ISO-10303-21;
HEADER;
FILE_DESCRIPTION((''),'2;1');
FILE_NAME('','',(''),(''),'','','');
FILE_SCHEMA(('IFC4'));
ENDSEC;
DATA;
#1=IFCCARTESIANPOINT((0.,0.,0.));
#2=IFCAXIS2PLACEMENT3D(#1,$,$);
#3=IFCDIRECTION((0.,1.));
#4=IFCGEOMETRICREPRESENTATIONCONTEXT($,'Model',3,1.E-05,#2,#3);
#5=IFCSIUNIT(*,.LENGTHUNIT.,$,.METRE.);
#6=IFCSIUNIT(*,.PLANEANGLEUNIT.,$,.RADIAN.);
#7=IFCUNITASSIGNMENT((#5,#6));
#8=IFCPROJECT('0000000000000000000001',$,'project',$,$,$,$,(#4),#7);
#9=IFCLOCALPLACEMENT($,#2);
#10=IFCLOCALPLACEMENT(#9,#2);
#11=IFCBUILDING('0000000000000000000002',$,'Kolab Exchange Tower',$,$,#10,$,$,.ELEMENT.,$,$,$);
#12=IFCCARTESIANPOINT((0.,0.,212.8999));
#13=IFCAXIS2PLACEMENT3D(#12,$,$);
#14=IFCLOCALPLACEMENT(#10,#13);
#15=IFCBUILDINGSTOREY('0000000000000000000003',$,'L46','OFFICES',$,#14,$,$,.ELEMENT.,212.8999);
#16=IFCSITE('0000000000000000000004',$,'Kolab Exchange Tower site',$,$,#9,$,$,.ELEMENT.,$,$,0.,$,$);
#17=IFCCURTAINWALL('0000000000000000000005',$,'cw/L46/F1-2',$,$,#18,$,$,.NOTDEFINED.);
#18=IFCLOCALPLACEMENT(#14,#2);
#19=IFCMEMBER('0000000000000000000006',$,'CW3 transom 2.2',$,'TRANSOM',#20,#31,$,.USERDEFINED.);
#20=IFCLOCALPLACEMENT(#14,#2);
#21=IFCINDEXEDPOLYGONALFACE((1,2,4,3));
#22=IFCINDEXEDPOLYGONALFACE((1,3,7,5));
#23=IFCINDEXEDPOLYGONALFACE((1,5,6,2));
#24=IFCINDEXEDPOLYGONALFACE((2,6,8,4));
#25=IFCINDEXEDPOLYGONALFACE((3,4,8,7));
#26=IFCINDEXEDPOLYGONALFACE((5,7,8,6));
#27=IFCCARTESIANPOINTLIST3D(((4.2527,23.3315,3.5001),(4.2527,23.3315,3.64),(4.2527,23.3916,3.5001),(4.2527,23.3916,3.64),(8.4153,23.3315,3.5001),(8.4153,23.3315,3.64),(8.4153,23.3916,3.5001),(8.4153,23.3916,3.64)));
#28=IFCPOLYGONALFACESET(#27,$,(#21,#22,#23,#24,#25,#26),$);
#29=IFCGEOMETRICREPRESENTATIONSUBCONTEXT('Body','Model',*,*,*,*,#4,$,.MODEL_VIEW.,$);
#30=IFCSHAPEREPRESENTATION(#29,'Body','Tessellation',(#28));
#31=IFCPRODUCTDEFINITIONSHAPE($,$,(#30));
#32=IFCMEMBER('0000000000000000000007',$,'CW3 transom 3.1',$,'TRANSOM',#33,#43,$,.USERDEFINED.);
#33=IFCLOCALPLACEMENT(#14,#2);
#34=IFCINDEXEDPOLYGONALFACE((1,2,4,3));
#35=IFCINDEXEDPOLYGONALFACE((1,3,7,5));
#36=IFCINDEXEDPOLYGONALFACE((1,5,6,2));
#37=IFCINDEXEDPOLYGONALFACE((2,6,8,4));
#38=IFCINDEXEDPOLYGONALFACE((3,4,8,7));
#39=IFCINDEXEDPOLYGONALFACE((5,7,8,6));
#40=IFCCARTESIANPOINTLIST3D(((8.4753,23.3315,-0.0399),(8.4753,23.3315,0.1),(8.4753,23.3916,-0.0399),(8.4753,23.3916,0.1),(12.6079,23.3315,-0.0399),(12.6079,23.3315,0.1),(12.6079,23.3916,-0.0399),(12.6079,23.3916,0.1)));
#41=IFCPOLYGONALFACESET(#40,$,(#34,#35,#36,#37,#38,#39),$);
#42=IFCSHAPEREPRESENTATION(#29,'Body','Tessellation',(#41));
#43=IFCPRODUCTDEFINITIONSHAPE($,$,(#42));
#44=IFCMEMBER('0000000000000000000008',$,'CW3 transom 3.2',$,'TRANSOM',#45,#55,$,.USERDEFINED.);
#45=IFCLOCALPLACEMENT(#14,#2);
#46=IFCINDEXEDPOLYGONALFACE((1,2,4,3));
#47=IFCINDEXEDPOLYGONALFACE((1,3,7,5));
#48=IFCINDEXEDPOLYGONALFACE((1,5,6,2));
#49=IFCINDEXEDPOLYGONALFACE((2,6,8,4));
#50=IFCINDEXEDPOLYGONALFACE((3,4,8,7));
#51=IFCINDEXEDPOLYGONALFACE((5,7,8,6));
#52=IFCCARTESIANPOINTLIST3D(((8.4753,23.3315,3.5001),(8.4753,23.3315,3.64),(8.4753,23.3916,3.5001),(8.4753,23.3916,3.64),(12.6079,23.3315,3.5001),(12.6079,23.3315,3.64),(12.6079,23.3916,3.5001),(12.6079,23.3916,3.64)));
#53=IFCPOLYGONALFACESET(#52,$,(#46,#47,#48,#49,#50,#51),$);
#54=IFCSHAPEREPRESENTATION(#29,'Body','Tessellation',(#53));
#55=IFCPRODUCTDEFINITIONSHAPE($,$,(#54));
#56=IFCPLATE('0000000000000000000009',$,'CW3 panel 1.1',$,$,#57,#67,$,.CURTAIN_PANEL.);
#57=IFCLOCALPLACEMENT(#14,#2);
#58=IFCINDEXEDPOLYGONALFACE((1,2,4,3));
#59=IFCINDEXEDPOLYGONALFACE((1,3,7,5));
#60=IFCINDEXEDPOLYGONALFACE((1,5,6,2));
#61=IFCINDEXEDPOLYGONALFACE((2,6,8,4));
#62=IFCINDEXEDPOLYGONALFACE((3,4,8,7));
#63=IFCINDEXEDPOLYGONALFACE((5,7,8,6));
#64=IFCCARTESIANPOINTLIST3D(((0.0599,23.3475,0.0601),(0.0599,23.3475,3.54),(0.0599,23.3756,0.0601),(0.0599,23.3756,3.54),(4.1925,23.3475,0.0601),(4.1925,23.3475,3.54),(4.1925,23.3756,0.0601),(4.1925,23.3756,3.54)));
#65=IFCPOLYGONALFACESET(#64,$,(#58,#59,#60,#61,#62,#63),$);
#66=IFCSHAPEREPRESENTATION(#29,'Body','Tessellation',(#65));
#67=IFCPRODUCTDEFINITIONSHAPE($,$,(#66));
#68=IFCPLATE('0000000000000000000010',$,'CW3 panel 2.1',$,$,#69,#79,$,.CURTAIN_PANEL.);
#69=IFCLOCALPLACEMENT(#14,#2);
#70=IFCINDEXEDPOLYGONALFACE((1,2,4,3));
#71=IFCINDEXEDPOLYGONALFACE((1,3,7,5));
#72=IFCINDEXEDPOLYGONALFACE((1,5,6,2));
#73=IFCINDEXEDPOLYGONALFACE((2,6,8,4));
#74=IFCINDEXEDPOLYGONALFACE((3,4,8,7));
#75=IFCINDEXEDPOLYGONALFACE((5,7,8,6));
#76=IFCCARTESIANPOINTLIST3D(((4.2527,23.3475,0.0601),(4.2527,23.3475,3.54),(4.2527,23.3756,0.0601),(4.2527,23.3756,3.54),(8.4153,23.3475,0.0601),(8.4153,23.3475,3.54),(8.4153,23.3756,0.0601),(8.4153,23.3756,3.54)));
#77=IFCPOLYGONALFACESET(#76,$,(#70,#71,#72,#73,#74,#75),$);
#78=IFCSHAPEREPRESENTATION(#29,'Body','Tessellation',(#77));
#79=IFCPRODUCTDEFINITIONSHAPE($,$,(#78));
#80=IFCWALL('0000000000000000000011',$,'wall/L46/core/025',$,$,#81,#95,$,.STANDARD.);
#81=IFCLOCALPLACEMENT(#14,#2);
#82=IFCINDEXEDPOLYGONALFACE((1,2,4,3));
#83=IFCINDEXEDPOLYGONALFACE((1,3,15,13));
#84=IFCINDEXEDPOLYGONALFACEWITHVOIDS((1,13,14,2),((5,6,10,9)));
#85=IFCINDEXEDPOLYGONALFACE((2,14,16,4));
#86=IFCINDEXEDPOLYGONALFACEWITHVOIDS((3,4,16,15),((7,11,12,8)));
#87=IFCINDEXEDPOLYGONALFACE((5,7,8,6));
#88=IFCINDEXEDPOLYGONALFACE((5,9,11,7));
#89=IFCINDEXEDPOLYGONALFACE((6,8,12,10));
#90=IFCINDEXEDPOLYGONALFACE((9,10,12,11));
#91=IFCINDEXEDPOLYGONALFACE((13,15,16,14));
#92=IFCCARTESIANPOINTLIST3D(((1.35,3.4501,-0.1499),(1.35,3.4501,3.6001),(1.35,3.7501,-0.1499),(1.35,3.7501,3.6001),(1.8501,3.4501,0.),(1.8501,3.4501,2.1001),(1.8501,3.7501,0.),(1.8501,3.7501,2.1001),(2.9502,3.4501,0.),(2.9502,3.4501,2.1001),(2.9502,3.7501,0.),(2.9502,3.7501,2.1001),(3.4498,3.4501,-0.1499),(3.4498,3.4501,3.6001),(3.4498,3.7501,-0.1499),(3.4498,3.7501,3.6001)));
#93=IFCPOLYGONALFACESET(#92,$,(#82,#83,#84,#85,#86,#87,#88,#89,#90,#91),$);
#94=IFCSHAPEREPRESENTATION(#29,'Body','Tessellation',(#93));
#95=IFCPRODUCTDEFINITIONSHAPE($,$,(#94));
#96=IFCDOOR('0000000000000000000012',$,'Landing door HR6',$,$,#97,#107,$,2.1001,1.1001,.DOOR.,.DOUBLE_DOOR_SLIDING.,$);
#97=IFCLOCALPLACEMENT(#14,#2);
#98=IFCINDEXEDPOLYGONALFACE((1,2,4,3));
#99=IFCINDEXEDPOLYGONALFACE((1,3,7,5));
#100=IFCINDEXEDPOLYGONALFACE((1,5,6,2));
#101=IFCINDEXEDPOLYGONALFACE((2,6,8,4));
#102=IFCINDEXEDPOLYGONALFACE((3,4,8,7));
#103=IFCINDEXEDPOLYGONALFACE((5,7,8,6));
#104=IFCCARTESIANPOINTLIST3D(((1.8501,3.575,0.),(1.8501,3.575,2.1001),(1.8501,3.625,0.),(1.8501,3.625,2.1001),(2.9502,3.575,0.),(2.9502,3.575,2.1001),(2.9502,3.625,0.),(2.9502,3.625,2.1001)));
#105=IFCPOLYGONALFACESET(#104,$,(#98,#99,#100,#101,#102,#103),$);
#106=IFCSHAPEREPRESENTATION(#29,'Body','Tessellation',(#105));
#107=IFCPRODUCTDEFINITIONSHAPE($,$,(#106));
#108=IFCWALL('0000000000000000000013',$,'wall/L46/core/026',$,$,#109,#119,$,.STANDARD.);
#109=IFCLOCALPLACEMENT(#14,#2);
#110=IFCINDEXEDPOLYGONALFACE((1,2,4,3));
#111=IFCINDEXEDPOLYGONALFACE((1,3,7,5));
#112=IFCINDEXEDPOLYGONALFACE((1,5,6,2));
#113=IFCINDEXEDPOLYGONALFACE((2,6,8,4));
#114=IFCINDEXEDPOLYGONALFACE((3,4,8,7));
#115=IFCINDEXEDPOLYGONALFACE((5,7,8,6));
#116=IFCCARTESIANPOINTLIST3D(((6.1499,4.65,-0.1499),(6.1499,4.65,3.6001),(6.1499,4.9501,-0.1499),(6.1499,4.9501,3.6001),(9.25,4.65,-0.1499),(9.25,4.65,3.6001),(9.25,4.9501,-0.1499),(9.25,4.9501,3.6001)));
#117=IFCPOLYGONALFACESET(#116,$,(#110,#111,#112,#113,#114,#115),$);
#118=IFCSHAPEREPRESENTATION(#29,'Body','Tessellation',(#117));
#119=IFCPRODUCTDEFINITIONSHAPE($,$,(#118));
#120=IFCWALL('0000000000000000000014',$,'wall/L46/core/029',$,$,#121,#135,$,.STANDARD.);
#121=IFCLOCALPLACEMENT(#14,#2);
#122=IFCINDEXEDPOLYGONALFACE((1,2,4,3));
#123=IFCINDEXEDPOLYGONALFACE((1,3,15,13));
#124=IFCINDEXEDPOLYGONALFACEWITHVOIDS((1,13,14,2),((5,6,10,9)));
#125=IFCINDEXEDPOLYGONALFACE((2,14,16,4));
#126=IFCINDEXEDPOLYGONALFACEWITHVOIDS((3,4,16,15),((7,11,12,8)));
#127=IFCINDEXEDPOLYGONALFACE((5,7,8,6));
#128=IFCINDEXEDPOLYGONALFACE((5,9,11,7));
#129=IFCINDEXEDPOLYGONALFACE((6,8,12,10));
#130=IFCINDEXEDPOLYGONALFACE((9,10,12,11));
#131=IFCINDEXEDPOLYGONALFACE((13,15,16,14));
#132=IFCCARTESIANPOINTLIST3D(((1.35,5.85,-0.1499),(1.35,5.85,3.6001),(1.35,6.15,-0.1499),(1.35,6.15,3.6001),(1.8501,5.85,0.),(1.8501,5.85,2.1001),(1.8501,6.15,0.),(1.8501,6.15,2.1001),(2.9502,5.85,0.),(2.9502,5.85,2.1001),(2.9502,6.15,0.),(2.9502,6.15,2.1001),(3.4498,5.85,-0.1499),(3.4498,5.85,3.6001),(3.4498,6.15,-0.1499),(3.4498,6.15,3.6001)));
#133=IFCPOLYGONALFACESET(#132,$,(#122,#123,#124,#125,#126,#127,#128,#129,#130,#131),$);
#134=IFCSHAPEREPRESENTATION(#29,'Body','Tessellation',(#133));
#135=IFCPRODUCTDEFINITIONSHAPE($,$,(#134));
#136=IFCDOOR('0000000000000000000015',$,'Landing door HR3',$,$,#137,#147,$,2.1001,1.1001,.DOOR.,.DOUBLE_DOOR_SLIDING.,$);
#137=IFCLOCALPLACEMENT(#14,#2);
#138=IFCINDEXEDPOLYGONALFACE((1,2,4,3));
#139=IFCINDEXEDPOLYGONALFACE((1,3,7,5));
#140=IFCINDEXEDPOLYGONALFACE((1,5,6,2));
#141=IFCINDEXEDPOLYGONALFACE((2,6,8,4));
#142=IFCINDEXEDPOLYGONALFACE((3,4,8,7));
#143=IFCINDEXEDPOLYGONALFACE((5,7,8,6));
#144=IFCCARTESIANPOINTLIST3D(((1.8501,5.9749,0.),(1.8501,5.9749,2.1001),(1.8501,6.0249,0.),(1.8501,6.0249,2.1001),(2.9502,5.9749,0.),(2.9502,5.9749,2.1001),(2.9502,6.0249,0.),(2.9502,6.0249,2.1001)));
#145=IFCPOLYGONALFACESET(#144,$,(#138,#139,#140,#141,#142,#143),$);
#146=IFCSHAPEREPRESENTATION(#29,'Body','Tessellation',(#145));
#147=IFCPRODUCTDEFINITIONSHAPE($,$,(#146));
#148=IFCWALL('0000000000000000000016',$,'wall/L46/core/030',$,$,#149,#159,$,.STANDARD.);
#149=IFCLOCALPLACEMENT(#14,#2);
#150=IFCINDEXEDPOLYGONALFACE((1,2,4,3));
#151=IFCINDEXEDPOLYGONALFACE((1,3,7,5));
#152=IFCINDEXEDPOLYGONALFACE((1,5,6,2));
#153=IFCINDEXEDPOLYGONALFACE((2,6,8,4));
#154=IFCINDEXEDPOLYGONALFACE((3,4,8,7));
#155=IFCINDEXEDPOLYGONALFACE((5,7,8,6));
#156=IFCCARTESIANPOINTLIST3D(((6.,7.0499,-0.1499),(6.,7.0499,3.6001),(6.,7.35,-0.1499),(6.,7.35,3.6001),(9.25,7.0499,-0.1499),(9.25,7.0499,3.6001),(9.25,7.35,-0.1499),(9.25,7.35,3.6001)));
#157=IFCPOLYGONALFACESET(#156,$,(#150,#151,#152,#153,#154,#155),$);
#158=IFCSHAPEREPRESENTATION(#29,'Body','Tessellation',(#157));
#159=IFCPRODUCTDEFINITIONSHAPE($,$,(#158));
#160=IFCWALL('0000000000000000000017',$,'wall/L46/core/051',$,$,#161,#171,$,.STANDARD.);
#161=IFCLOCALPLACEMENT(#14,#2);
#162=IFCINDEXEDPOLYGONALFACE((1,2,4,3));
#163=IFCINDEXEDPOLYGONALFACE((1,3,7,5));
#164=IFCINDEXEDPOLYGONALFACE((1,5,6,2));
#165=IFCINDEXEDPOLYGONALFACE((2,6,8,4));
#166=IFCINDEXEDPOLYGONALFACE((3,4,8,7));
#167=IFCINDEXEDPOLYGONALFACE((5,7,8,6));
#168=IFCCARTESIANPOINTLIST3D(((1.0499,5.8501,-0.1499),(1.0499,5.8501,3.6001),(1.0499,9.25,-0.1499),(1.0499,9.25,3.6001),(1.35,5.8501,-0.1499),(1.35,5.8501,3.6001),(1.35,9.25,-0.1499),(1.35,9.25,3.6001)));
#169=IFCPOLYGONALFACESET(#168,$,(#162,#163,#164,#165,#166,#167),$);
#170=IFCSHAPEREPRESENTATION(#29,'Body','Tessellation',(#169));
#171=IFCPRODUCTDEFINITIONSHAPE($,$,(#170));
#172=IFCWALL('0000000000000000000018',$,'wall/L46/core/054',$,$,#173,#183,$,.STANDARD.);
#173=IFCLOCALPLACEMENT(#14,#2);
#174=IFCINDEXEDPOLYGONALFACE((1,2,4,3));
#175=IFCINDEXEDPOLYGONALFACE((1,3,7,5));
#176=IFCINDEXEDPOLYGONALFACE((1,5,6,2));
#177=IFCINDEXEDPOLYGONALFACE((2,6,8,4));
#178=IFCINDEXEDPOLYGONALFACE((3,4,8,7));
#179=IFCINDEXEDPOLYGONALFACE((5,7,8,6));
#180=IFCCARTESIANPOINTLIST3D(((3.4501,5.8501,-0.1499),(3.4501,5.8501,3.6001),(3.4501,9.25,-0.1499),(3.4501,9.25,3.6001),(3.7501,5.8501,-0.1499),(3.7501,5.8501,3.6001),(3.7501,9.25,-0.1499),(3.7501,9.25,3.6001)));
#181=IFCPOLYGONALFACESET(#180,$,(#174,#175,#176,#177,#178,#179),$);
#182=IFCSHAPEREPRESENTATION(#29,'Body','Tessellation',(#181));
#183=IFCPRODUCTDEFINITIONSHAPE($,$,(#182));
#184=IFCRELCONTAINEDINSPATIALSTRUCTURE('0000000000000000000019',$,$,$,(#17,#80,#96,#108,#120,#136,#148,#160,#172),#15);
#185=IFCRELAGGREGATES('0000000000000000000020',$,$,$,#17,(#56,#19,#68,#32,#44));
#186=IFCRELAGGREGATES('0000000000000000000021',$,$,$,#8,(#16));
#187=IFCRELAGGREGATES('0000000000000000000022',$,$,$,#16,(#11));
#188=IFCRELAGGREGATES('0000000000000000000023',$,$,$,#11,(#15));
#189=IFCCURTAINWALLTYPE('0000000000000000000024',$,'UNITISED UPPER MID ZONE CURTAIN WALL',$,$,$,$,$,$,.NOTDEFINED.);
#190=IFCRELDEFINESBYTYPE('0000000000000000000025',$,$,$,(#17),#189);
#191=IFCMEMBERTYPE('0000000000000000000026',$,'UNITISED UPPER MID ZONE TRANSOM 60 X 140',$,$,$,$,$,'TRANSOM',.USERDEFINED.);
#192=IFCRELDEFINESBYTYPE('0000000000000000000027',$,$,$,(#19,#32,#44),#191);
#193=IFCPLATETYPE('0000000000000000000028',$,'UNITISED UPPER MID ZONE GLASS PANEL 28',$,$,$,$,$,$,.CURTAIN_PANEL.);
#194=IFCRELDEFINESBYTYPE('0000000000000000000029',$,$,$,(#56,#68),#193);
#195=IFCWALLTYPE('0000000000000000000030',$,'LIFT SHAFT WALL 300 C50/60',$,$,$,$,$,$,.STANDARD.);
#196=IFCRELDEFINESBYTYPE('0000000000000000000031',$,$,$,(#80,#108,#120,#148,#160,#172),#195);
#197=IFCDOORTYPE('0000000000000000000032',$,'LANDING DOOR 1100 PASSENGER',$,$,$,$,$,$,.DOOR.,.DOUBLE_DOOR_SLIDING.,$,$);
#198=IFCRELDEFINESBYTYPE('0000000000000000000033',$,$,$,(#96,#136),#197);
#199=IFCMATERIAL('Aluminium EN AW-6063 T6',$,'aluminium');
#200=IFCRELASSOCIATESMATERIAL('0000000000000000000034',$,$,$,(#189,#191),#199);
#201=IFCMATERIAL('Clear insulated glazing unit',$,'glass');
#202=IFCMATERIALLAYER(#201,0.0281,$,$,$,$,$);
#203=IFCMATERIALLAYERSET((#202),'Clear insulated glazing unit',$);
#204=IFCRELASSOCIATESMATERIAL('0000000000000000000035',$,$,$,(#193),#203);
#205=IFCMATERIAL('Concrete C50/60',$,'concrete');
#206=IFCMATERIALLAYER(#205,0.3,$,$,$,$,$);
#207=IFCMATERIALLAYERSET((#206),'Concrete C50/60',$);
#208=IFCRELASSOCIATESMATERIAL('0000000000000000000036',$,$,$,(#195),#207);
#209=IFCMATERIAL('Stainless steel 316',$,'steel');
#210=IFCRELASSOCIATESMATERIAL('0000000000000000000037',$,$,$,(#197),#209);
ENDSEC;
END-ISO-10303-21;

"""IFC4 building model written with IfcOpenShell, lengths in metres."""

from ifc_helpers import new_model, si_unit, direction, frame, frame_2d, origin, origin_2d, place, context, subcontext, project, spatial, rectangle, extrude, material, layer, layer_set, material_profile, profile_set, type_object, element, fill, aggregate, save


model = new_model("IFC4")

# Units and contexts
model_context = context("Model", 3, precision=1e-05, world=origin(), true_north=direction((0.0, 1.0)))
body_context = subcontext(model_context, "Body", "Model", "MODEL_VIEW")
ifc_project = project(units=[si_unit("LENGTHUNIT", "METRE"), si_unit("PLANEANGLEUNIT", "RADIAN")], contexts=[model_context])

# Site, building, storey
site_placement = place(None, origin())
site = spatial("IfcSite", under=ifc_project, at=site_placement, Name="Kolab Exchange Tower site", CompositionType="ELEMENT", RefElevation=0.0)
building_placement = place(site_placement, origin())
building = spatial("IfcBuilding", under=site, at=building_placement, Name="Kolab Exchange Tower", CompositionType="ELEMENT")
storey_placement = place(building_placement, frame((0.0, 0.0, 212.8999)))
storey = spatial("IfcBuildingStorey", under=building, at=storey_placement, Name="L46", Description="OFFICES", CompositionType="ELEMENT", Elevation=212.8999)

# Curtain wall, members, plates
ifc_material_1 = material(Name="Aluminium EN AW-6063 T6", Category="aluminium")
curtain_wall_type = type_object("IfcCurtainWallType", Name="UNITISED UPPER MID ZONE CURTAIN WALL", PredefinedType="NOTDEFINED", material=ifc_material_1)
curtain_wall_placement = place(storey_placement, origin())
curtain_wall = element("IfcCurtainWall", 1, at=curtain_wall_placement, inside=storey, type_object=curtain_wall_type, Name="cw/L46/F1-2", PredefinedType="NOTDEFINED")
ifc_material_profile_1 = material_profile(ifc_material_1, rectangle(XDim=0.0601, YDim=0.1399, at=origin_2d()), Name="RECT 60X140")
ifc_profile_set_1 = profile_set([ifc_material_profile_1], Name="Aluminium EN AW-6063 T6")
member_type_1 = type_object("IfcMemberType", Name="UNITISED UPPER MID ZONE TRANSOM 60 X 140", ElementType="TRANSOM", PredefinedType="USERDEFINED", material=ifc_profile_set_1)
member_1_placement = place(storey_placement, frame((4.2527, 23.3616, 3.5701), z_axis=(1.0, 0.0, 0.0), x_axis=(0.0, 1.0, 0.0)))
member_1 = element("IfcMember", 2, at=member_1_placement, type_object=member_type_1, Name="CW3 transom 2.2", ObjectType="TRANSOM", PredefinedType="USERDEFINED", context=body_context, shape_type="SweptSolid", body=[
    extrude(rectangle(XDim=0.0601, YDim=0.1399, at=origin_2d()), origin(), (0.0, 0.0, 1.0), 4.1626),
])
member_2_placement = place(storey_placement, frame((8.4753, 23.3616, 0.03), z_axis=(1.0, 0.0, 0.0), x_axis=(0.0, 1.0, 0.0)))
member_2 = element("IfcMember", 3, at=member_2_placement, type_object=member_type_1, Name="CW3 transom 3.1", ObjectType="TRANSOM", PredefinedType="USERDEFINED", context=body_context, shape_type="SweptSolid", body=[
    extrude(rectangle(XDim=0.0601, YDim=0.1399, at=origin_2d()), origin(), (0.0, 0.0, 1.0), 4.1326),
])
member_3_placement = place(storey_placement, frame((8.4753, 23.3616, 3.5701), z_axis=(1.0, 0.0, 0.0), x_axis=(0.0, 1.0, 0.0)))
member_3 = element("IfcMember", 4, at=member_3_placement, type_object=member_type_1, Name="CW3 transom 3.2", ObjectType="TRANSOM", PredefinedType="USERDEFINED", context=body_context, shape_type="SweptSolid", body=[
    extrude(rectangle(XDim=0.0601, YDim=0.1399, at=origin_2d()), origin(), (0.0, 0.0, 1.0), 4.1326),
])
ifc_material_2 = material(Name="Clear insulated glazing unit", Category="glass")
ifc_layer_1 = layer(ifc_material_2, 0.0281)
ifc_layer_set_1 = layer_set([ifc_layer_1], Name="Clear insulated glazing unit")
plate_type = type_object("IfcPlateType", Name="UNITISED UPPER MID ZONE GLASS PANEL 28", PredefinedType="CURTAIN_PANEL", material=ifc_layer_set_1)
plate_1_placement = place(storey_placement, frame((2.1262, 23.3616, 0.0601), z_axis=(0.0, 0.0, 1.0), x_axis=(1.0, 0.0, 0.0)))
plate_1 = element("IfcPlate", 5, at=plate_1_placement, type_object=plate_type, Name="CW3 panel 1.1", PredefinedType="CURTAIN_PANEL", context=body_context, shape_type="SweptSolid", body=[
    extrude(rectangle(XDim=4.1326, YDim=0.0281, at=origin_2d()), origin(), (0.0, 0.0, 1.0), 3.48),
])
plate_2_placement = place(storey_placement, frame((6.334, 23.3616, 0.0601), z_axis=(0.0, 0.0, 1.0), x_axis=(1.0, 0.0, 0.0)))
plate_2 = element("IfcPlate", 6, at=plate_2_placement, type_object=plate_type, Name="CW3 panel 2.1", PredefinedType="CURTAIN_PANEL", context=body_context, shape_type="SweptSolid", body=[
    extrude(rectangle(XDim=4.1626, YDim=0.0281, at=origin_2d()), origin(), (0.0, 0.0, 1.0), 3.48),
])
aggregate(curtain_wall, [plate_1, member_1, plate_2, member_2, member_3])

# Wall, opening, door
ifc_material_3 = material(Name="Concrete C50/60", Category="concrete")
ifc_layer_2 = layer(ifc_material_3, 0.3)
ifc_layer_set_2 = layer_set([ifc_layer_2], Name="Concrete C50/60")
wall_type_1 = type_object("IfcWallType", Name="LIFT SHAFT WALL 300 C50/60", PredefinedType="STANDARD", material=ifc_layer_set_2)
wall_1_placement = place(storey_placement, frame((1.3501, 3.6001, -0.1499), z_axis=(0.0, 0.0, 1.0), x_axis=(1.0, 0.0, 0.0)))
wall_1 = element("IfcWall", 7, at=wall_1_placement, inside=storey, type_object=wall_type_1, Name="wall/L46/core/025", PredefinedType="STANDARD", context=body_context, shape_type="SweptSolid", body=[
    extrude(rectangle(XDim=2.0999, YDim=0.3, at=frame_2d((1.0498, 0.0))), origin(), (0.0, 0.0, 1.0), 3.75),
])
opening_1_placement = place(wall_1_placement, frame((0.5, 0.0, 0.1499)))
opening_1 = element("IfcOpeningElement", 8, at=opening_1_placement, cuts=wall_1, PredefinedType="OPENING", context=body_context, shape_type="SweptSolid", body=[
    extrude(rectangle(XDim=1.1001, YDim=2.1001, at=frame_2d((0.55, 1.05))), frame((0.0, 0.1602, 0.0), z_axis=(0.0, -1.0, 0.0), x_axis=(1.0, 0.0, 0.0)), (0.0, 0.0, 1.0), 0.3201),
])
ifc_material_4 = material(Name="Stainless steel 316", Category="steel")
door_type_1 = type_object("IfcDoorType", Name="LANDING DOOR 1100 PASSENGER", OperationType="DOUBLE_DOOR_SLIDING", PredefinedType="DOOR", material=ifc_material_4)
door_1_placement = place(opening_1_placement, origin())
door_1 = element("IfcDoor", 9, at=door_1_placement, inside=storey, type_object=door_type_1, Name="Landing door HR6", OperationType="DOUBLE_DOOR_SLIDING", OverallHeight=2.1001, OverallWidth=1.1001, PredefinedType="DOOR", context=body_context, shape_type="SweptSolid", body=[
    extrude(rectangle(XDim=1.1001, YDim=2.1001, at=frame_2d((0.55, 1.05))), frame((0.0, 0.0249, 0.0), z_axis=(0.0, -1.0, 0.0), x_axis=(1.0, 0.0, 0.0)), (0.0, 0.0, 1.0), 0.05),
])
fill(opening_1, door_1)

# Wall
wall_2_placement = place(storey_placement, frame((6.1499, 4.8, -0.1499), z_axis=(0.0, 0.0, 1.0), x_axis=(1.0, 0.0, 0.0)))
element("IfcWall", 10, at=wall_2_placement, inside=storey, type_object=wall_type_1, Name="wall/L46/core/026", PredefinedType="STANDARD", context=body_context, shape_type="SweptSolid", body=[
    extrude(rectangle(XDim=3.1001, YDim=0.3, at=frame_2d((1.55, 0.0))), origin(), (0.0, 0.0, 1.0), 3.75),
])

# Wall, opening, door
wall_3_placement = place(storey_placement, frame((1.3501, 6.0, -0.1499), z_axis=(0.0, 0.0, 1.0), x_axis=(1.0, 0.0, 0.0)))
wall_3 = element("IfcWall", 11, at=wall_3_placement, inside=storey, type_object=wall_type_1, Name="wall/L46/core/029", PredefinedType="STANDARD", context=body_context, shape_type="SweptSolid", body=[
    extrude(rectangle(XDim=2.0999, YDim=0.3, at=frame_2d((1.0498, 0.0))), origin(), (0.0, 0.0, 1.0), 3.75),
])
opening_2_placement = place(wall_3_placement, frame((0.5, 0.0, 0.1499)))
opening_2 = element("IfcOpeningElement", 12, at=opening_2_placement, cuts=wall_3, PredefinedType="OPENING", context=body_context, shape_type="SweptSolid", body=[
    extrude(rectangle(XDim=1.1001, YDim=2.1001, at=frame_2d((0.55, 1.05))), frame((0.0, 0.1602, 0.0), z_axis=(0.0, -1.0, 0.0), x_axis=(1.0, 0.0, 0.0)), (0.0, 0.0, 1.0), 0.3201),
])
door_2_placement = place(opening_2_placement, origin())
door_2 = element("IfcDoor", 13, at=door_2_placement, inside=storey, type_object=door_type_1, Name="Landing door HR3", OperationType="DOUBLE_DOOR_SLIDING", OverallHeight=2.1001, OverallWidth=1.1001, PredefinedType="DOOR", context=body_context, shape_type="SweptSolid", body=[
    extrude(rectangle(XDim=1.1001, YDim=2.1001, at=frame_2d((0.55, 1.05))), frame((0.0, 0.0249, 0.0), z_axis=(0.0, -1.0, 0.0), x_axis=(1.0, 0.0, 0.0)), (0.0, 0.0, 1.0), 0.05),
])
fill(opening_2, door_2)

# Walls
wall_4_placement = place(storey_placement, frame((6.0, 7.2, -0.1499), z_axis=(0.0, 0.0, 1.0), x_axis=(1.0, 0.0, 0.0)))
element("IfcWall", 14, at=wall_4_placement, inside=storey, type_object=wall_type_1, Name="wall/L46/core/030", PredefinedType="STANDARD", context=body_context, shape_type="SweptSolid", body=[
    extrude(rectangle(XDim=3.25, YDim=0.3, at=frame_2d((1.625, 0.0))), origin(), (0.0, 0.0, 1.0), 3.75),
])
for number, where, z_axis, x_axis, name in (
    (15, (1.2, 5.8501, -0.1499), (0.0, 0.0, 1.0), (0.0, 1.0, 0.0), "wall/L46/core/051"),
    (16, (3.6001, 5.8501, -0.1499), (0.0, 0.0, 1.0), (0.0, 1.0, 0.0), "wall/L46/core/054"),
):
    element("IfcWall", number, at=place(storey_placement, frame(where, z_axis=z_axis, x_axis=x_axis)), inside=storey, type_object=wall_type_1, Name=name, PredefinedType="STANDARD", context=body_context, shape_type="SweptSolid", body=[
        extrude(rectangle(XDim=3.3999, YDim=0.3, at=frame_2d((1.7, 0.0))), origin(), (0.0, 0.0, 1.0), 3.75),
    ])

save(model, "model.ifc")
